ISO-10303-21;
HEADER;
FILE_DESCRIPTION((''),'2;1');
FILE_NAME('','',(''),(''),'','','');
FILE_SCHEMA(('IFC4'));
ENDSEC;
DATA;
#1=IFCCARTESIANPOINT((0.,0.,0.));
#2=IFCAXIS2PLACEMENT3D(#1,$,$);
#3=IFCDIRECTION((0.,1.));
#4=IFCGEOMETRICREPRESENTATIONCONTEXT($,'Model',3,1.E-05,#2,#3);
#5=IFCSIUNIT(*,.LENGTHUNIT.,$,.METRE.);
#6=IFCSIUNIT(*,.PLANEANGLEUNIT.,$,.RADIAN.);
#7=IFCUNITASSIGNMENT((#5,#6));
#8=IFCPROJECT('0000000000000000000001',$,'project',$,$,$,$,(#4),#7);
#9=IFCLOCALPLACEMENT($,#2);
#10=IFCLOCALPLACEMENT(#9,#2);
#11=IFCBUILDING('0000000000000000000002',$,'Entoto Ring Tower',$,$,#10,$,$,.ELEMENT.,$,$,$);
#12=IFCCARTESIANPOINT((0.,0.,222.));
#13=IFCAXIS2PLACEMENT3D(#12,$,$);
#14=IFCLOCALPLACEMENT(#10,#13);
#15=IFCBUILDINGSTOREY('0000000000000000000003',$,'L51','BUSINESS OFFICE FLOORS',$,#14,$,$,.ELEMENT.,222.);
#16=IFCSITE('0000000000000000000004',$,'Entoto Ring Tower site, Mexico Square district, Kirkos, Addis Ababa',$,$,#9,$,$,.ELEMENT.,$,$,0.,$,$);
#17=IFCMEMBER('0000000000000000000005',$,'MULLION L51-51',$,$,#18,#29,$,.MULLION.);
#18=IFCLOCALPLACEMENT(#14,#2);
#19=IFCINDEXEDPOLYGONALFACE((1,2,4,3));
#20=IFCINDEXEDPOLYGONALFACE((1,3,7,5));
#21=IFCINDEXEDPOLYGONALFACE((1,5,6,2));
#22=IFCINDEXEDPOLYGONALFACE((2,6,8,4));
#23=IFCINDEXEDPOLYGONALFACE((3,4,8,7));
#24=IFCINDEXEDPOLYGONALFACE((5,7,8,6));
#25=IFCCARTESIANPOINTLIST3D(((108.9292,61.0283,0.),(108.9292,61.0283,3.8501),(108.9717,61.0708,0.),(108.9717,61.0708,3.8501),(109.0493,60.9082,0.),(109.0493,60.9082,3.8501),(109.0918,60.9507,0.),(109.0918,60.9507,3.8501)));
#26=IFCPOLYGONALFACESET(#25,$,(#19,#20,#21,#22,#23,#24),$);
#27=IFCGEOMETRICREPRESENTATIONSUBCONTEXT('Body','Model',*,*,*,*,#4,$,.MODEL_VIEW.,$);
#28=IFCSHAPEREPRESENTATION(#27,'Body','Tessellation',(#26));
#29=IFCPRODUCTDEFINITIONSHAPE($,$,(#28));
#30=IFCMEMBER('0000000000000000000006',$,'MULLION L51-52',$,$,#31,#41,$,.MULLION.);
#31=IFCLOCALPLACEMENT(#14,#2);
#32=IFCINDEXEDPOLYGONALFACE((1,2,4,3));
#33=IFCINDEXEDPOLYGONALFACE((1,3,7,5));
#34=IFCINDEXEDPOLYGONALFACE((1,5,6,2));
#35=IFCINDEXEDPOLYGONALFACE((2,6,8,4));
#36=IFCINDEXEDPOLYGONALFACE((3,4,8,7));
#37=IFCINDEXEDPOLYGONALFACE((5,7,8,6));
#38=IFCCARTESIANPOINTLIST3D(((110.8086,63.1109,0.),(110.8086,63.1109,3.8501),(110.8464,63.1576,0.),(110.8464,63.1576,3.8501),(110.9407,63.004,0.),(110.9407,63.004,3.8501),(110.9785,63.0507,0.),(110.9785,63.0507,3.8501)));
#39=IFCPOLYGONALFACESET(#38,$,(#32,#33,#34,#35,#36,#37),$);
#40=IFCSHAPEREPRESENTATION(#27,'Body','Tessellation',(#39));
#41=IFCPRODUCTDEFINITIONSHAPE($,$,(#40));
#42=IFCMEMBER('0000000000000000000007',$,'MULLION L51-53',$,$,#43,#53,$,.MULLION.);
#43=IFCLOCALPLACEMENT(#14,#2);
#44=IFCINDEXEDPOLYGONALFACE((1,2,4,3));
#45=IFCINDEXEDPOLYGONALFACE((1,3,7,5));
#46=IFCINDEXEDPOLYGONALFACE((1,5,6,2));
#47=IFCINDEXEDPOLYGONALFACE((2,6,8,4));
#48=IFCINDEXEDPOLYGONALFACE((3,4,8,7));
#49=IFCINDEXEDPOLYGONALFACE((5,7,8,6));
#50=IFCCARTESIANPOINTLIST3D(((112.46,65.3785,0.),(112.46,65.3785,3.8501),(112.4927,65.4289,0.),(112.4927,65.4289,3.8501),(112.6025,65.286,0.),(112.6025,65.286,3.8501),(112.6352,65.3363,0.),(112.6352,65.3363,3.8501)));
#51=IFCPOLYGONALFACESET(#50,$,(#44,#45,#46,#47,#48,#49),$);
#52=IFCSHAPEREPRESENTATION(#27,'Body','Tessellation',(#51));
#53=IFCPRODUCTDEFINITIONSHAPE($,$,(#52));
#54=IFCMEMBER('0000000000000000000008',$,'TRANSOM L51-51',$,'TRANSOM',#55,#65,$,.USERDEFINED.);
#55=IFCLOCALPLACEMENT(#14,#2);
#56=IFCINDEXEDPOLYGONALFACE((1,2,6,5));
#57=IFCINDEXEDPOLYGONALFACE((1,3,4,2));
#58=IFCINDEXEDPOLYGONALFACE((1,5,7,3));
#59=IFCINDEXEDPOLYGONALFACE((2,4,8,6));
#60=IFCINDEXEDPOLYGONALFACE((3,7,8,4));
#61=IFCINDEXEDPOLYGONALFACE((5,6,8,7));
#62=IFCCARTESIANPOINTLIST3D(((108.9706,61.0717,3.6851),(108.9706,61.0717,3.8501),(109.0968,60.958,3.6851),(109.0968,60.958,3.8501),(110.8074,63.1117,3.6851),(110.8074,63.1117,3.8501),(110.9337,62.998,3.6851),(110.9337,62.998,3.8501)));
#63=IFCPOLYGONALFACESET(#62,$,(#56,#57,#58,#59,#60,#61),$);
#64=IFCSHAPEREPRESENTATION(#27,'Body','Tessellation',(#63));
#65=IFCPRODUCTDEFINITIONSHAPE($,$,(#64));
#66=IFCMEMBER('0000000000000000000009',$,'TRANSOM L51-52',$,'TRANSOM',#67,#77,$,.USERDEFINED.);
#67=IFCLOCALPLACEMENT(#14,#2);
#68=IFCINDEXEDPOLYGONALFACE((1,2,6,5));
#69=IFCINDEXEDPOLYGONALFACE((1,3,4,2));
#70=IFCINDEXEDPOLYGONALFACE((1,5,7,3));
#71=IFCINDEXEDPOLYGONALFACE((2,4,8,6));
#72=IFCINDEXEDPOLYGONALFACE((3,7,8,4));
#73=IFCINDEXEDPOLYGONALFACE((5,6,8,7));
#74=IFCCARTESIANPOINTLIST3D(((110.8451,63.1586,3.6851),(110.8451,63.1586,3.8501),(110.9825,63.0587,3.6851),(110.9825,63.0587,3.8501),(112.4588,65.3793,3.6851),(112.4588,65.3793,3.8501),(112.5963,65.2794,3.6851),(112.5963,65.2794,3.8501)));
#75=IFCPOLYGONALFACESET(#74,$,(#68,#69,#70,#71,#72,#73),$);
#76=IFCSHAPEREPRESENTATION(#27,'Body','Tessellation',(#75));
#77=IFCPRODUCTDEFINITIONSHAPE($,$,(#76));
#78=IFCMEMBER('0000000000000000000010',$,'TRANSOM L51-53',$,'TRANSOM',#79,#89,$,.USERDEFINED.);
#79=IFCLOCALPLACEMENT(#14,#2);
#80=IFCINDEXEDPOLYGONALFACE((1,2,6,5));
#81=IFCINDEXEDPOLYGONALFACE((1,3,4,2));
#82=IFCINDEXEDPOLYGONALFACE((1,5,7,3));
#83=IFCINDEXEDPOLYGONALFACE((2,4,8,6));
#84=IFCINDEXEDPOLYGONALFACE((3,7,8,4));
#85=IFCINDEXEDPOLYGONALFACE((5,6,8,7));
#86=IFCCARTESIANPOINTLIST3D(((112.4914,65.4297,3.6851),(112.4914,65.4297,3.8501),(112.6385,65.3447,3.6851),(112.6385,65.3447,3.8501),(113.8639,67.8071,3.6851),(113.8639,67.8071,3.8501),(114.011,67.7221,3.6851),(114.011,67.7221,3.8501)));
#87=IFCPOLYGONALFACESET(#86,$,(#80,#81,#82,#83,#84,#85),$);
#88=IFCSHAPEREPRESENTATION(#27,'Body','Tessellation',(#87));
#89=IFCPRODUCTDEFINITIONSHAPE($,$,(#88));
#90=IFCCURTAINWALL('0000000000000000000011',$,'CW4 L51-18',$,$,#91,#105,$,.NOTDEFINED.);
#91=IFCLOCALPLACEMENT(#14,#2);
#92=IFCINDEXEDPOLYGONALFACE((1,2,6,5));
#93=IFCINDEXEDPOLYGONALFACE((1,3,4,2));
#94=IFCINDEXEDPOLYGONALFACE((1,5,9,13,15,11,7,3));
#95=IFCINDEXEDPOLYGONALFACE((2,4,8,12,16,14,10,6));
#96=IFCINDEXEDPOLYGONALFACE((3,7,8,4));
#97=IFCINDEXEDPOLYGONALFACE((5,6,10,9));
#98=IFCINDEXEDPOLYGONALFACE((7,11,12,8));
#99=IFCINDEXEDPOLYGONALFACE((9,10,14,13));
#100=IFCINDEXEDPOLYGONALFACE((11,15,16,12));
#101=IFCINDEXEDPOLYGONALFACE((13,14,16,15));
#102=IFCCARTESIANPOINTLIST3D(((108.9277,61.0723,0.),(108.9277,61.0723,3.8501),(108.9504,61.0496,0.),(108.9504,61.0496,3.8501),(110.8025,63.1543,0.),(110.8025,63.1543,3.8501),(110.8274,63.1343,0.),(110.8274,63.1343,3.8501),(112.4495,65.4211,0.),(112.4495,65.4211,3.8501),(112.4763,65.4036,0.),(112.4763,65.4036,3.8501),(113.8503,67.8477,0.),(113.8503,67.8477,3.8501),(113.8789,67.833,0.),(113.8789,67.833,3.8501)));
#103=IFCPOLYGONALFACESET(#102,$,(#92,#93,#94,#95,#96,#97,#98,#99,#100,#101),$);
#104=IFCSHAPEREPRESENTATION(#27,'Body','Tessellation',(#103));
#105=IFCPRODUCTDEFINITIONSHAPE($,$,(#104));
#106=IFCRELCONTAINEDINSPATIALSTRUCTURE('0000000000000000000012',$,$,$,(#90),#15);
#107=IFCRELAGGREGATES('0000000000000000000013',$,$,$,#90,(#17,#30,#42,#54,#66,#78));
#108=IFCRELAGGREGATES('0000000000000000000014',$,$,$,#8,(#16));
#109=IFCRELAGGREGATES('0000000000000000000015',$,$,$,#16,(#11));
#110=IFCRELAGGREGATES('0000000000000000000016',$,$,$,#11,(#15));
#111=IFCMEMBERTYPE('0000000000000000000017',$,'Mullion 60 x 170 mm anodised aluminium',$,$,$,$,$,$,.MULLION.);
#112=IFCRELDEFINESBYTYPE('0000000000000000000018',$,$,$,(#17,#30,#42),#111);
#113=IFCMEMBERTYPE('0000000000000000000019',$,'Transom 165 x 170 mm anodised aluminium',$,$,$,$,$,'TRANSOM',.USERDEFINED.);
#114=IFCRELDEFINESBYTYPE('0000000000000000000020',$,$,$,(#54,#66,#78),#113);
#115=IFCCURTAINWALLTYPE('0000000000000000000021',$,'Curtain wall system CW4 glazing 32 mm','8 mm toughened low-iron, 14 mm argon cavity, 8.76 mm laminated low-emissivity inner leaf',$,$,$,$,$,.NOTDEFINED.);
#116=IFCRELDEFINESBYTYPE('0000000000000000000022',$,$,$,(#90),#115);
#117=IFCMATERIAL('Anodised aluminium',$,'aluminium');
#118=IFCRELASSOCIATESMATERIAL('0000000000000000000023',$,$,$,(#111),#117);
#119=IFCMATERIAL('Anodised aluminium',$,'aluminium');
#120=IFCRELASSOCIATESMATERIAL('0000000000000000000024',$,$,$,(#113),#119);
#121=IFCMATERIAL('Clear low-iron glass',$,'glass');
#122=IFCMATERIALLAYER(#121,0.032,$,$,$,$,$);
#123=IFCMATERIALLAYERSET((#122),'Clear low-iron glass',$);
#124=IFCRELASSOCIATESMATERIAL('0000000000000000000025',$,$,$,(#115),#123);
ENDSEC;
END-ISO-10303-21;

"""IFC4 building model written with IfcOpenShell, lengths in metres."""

from ifc_helpers import new_model, si_unit, direction, frame, origin, origin_2d, place, context, subcontext, project, spatial, polyline, rectangle, outline, extrude, material, layer, layer_set, material_profile, profile_set, type_object, element, aggregate, save


model = new_model("IFC4")

# Units and contexts
model_context = context("Model", 3, precision=1e-05, world=origin(), true_north=direction((0.0, 1.0)))
body_context = subcontext(model_context, "Body", "Model", "MODEL_VIEW")
ifc_project = project(units=[si_unit("LENGTHUNIT", "METRE"), si_unit("PLANEANGLEUNIT", "RADIAN")], contexts=[model_context])

# Members
ifc_material_1 = material(Name="Anodised aluminium", Category="aluminium")
ifc_material_profile_1 = material_profile(ifc_material_1, rectangle(XDim=0.0601, YDim=0.1699, at=origin_2d()), Name="Mullion 60 x 170 mm anodised aluminium")
ifc_profile_set_1 = profile_set([ifc_material_profile_1], Name="Anodised aluminium")
member_type_1 = type_object("IfcMemberType", Name="Mullion 60 x 170 mm anodised aluminium", PredefinedType="MULLION", material=ifc_profile_set_1)
site_placement = place(None, origin())
building_placement = place(site_placement, origin())
storey_placement = place(building_placement, frame((0.0, 0.0, 222.0)))
member_1_placement = place(storey_placement, frame((109.0105, 60.9895, 0.0), z_axis=(0.0, 0.0, 1.0), x_axis=(0.707107, 0.707107, 0.0)))
member_1 = element("IfcMember", 1, at=member_1_placement, type_object=member_type_1, Name="MULLION L51-51", PredefinedType="MULLION", context=body_context, shape_type="SweptSolid", body=[
    extrude(rectangle(XDim=0.0601, YDim=0.1699, at=origin_2d()), origin(), (0.0, 0.0, 1.0), 3.8501),
])
member_2_placement = place(storey_placement, frame((110.8936, 63.0808, 0.0), z_axis=(0.0, 0.0, 1.0), x_axis=(0.62932, 0.777146, 0.0)))
member_2 = element("IfcMember", 2, at=member_2_placement, type_object=member_type_1, Name="MULLION L51-52", PredefinedType="MULLION", context=body_context, shape_type="SweptSolid", body=[
    extrude(rectangle(XDim=0.0601, YDim=0.1699, at=origin_2d()), origin(), (0.0, 0.0, 1.0), 3.8501),
])
member_3_placement = place(storey_placement, frame((112.5476, 65.3574, 0.0), z_axis=(0.0, 0.0, 1.0), x_axis=(0.544639, 0.838671, 0.0)))
member_3 = element("IfcMember", 3, at=member_3_placement, type_object=member_type_1, Name="MULLION L51-53", PredefinedType="MULLION", context=body_context, shape_type="SweptSolid", body=[
    extrude(rectangle(XDim=0.0601, YDim=0.1699, at=origin_2d()), origin(), (0.0, 0.0, 1.0), 3.8501),
])
ifc_material_2 = material(Name="Anodised aluminium", Category="aluminium")
ifc_material_profile_2 = material_profile(ifc_material_2, rectangle(XDim=0.1699, YDim=0.165, at=origin_2d()), Name="Transom 165 x 170 mm anodised aluminium")
ifc_profile_set_2 = profile_set([ifc_material_profile_2], Name="Anodised aluminium")
member_type_2 = type_object("IfcMemberType", Name="Transom 165 x 170 mm anodised aluminium", ElementType="TRANSOM", PredefinedType="USERDEFINED", material=ifc_profile_set_2)
member_4_placement = place(storey_placement, frame((109.0337, 61.0149, 3.7676), z_axis=(0.669142, 0.743135, 0.0), x_axis=(-0.743135, 0.669142, 0.0)))
member_4 = element("IfcMember", 4, at=member_4_placement, type_object=member_type_2, Name="TRANSOM L51-51", ObjectType="TRANSOM", PredefinedType="USERDEFINED", context=body_context, shape_type="SweptSolid", body=[
    extrude(rectangle(XDim=0.1699, YDim=0.165, at=origin_2d()), origin(), (0.0, 0.0, 1.0), 2.7451),
])
member_5_placement = place(storey_placement, frame((110.9138, 63.1086, 3.7676), z_axis=(0.587865, 0.808959, 0.0), x_axis=(-0.808959, 0.587865, 0.0)))
member_5 = element("IfcMember", 5, at=member_5_placement, type_object=member_type_2, Name="TRANSOM L51-52", ObjectType="TRANSOM", PredefinedType="USERDEFINED", context=body_context, shape_type="SweptSolid", body=[
    extrude(rectangle(XDim=0.1699, YDim=0.165, at=origin_2d()), origin(), (0.0, 0.0, 1.0), 2.7451),
])
member_6_placement = place(storey_placement, frame((112.5649, 65.3872, 3.7676), z_axis=(0.499984, 0.866035, 0.0), x_axis=(-0.866035, 0.499984, 0.0)))
member_6 = element("IfcMember", 6, at=member_6_placement, type_object=member_type_2, Name="TRANSOM L51-53", ObjectType="TRANSOM", PredefinedType="USERDEFINED", context=body_context, shape_type="SweptSolid", body=[
    extrude(rectangle(XDim=0.1699, YDim=0.165, at=origin_2d()), origin(), (0.0, 0.0, 1.0), 2.7451),
])

# Site, building, storey
site = spatial("IfcSite", under=ifc_project, at=site_placement, Name="Entoto Ring Tower site, Mexico Square district, Kirkos, Addis Ababa", CompositionType="ELEMENT", RefElevation=0.0)
building = spatial("IfcBuilding", under=site, at=building_placement, Name="Entoto Ring Tower", CompositionType="ELEMENT")
storey = spatial("IfcBuildingStorey", under=building, at=storey_placement, Name="L51", Description="BUSINESS OFFICE FLOORS", CompositionType="ELEMENT", Elevation=222.0)

# Curtain wall
ifc_material_3 = material(Name="Clear low-iron glass", Category="glass")
ifc_layer_1 = layer(ifc_material_3, 0.032)
ifc_layer_set_1 = layer_set([ifc_layer_1], Name="Clear low-iron glass")
curtain_wall_type = type_object("IfcCurtainWallType", Name="Curtain wall system CW4 glazing 32 mm", Description="8 mm toughened low-iron, 14 mm argon cavity, 8.76 mm laminated low-emissivity inner leaf", PredefinedType="NOTDEFINED", material=ifc_layer_set_1)
curtain_wall_1_placement = place(storey_placement, origin())
curtain_wall_1 = element("IfcCurtainWall", 7, at=curtain_wall_1_placement, inside=storey, type_object=curtain_wall_type, Name="CW4 L51-18", PredefinedType="NOTDEFINED", context=body_context, shape_type="SweptSolid", body=[
    extrude(outline(polyline([(108.9504, 61.0496), (110.8274, 63.1343), (112.4763, 65.4036), (113.8789, 67.833), (113.8503, 67.8477), (112.4495, 65.4211), (110.8025, 63.1543), (108.9277, 61.0723), (108.9504, 61.0496)])), origin(), (0.0, 0.0, 1.0), 3.8501),
])
aggregate(curtain_wall_1, [member_1, member_2, member_3, member_4, member_5, member_6])

save(model, "model.ifc")
